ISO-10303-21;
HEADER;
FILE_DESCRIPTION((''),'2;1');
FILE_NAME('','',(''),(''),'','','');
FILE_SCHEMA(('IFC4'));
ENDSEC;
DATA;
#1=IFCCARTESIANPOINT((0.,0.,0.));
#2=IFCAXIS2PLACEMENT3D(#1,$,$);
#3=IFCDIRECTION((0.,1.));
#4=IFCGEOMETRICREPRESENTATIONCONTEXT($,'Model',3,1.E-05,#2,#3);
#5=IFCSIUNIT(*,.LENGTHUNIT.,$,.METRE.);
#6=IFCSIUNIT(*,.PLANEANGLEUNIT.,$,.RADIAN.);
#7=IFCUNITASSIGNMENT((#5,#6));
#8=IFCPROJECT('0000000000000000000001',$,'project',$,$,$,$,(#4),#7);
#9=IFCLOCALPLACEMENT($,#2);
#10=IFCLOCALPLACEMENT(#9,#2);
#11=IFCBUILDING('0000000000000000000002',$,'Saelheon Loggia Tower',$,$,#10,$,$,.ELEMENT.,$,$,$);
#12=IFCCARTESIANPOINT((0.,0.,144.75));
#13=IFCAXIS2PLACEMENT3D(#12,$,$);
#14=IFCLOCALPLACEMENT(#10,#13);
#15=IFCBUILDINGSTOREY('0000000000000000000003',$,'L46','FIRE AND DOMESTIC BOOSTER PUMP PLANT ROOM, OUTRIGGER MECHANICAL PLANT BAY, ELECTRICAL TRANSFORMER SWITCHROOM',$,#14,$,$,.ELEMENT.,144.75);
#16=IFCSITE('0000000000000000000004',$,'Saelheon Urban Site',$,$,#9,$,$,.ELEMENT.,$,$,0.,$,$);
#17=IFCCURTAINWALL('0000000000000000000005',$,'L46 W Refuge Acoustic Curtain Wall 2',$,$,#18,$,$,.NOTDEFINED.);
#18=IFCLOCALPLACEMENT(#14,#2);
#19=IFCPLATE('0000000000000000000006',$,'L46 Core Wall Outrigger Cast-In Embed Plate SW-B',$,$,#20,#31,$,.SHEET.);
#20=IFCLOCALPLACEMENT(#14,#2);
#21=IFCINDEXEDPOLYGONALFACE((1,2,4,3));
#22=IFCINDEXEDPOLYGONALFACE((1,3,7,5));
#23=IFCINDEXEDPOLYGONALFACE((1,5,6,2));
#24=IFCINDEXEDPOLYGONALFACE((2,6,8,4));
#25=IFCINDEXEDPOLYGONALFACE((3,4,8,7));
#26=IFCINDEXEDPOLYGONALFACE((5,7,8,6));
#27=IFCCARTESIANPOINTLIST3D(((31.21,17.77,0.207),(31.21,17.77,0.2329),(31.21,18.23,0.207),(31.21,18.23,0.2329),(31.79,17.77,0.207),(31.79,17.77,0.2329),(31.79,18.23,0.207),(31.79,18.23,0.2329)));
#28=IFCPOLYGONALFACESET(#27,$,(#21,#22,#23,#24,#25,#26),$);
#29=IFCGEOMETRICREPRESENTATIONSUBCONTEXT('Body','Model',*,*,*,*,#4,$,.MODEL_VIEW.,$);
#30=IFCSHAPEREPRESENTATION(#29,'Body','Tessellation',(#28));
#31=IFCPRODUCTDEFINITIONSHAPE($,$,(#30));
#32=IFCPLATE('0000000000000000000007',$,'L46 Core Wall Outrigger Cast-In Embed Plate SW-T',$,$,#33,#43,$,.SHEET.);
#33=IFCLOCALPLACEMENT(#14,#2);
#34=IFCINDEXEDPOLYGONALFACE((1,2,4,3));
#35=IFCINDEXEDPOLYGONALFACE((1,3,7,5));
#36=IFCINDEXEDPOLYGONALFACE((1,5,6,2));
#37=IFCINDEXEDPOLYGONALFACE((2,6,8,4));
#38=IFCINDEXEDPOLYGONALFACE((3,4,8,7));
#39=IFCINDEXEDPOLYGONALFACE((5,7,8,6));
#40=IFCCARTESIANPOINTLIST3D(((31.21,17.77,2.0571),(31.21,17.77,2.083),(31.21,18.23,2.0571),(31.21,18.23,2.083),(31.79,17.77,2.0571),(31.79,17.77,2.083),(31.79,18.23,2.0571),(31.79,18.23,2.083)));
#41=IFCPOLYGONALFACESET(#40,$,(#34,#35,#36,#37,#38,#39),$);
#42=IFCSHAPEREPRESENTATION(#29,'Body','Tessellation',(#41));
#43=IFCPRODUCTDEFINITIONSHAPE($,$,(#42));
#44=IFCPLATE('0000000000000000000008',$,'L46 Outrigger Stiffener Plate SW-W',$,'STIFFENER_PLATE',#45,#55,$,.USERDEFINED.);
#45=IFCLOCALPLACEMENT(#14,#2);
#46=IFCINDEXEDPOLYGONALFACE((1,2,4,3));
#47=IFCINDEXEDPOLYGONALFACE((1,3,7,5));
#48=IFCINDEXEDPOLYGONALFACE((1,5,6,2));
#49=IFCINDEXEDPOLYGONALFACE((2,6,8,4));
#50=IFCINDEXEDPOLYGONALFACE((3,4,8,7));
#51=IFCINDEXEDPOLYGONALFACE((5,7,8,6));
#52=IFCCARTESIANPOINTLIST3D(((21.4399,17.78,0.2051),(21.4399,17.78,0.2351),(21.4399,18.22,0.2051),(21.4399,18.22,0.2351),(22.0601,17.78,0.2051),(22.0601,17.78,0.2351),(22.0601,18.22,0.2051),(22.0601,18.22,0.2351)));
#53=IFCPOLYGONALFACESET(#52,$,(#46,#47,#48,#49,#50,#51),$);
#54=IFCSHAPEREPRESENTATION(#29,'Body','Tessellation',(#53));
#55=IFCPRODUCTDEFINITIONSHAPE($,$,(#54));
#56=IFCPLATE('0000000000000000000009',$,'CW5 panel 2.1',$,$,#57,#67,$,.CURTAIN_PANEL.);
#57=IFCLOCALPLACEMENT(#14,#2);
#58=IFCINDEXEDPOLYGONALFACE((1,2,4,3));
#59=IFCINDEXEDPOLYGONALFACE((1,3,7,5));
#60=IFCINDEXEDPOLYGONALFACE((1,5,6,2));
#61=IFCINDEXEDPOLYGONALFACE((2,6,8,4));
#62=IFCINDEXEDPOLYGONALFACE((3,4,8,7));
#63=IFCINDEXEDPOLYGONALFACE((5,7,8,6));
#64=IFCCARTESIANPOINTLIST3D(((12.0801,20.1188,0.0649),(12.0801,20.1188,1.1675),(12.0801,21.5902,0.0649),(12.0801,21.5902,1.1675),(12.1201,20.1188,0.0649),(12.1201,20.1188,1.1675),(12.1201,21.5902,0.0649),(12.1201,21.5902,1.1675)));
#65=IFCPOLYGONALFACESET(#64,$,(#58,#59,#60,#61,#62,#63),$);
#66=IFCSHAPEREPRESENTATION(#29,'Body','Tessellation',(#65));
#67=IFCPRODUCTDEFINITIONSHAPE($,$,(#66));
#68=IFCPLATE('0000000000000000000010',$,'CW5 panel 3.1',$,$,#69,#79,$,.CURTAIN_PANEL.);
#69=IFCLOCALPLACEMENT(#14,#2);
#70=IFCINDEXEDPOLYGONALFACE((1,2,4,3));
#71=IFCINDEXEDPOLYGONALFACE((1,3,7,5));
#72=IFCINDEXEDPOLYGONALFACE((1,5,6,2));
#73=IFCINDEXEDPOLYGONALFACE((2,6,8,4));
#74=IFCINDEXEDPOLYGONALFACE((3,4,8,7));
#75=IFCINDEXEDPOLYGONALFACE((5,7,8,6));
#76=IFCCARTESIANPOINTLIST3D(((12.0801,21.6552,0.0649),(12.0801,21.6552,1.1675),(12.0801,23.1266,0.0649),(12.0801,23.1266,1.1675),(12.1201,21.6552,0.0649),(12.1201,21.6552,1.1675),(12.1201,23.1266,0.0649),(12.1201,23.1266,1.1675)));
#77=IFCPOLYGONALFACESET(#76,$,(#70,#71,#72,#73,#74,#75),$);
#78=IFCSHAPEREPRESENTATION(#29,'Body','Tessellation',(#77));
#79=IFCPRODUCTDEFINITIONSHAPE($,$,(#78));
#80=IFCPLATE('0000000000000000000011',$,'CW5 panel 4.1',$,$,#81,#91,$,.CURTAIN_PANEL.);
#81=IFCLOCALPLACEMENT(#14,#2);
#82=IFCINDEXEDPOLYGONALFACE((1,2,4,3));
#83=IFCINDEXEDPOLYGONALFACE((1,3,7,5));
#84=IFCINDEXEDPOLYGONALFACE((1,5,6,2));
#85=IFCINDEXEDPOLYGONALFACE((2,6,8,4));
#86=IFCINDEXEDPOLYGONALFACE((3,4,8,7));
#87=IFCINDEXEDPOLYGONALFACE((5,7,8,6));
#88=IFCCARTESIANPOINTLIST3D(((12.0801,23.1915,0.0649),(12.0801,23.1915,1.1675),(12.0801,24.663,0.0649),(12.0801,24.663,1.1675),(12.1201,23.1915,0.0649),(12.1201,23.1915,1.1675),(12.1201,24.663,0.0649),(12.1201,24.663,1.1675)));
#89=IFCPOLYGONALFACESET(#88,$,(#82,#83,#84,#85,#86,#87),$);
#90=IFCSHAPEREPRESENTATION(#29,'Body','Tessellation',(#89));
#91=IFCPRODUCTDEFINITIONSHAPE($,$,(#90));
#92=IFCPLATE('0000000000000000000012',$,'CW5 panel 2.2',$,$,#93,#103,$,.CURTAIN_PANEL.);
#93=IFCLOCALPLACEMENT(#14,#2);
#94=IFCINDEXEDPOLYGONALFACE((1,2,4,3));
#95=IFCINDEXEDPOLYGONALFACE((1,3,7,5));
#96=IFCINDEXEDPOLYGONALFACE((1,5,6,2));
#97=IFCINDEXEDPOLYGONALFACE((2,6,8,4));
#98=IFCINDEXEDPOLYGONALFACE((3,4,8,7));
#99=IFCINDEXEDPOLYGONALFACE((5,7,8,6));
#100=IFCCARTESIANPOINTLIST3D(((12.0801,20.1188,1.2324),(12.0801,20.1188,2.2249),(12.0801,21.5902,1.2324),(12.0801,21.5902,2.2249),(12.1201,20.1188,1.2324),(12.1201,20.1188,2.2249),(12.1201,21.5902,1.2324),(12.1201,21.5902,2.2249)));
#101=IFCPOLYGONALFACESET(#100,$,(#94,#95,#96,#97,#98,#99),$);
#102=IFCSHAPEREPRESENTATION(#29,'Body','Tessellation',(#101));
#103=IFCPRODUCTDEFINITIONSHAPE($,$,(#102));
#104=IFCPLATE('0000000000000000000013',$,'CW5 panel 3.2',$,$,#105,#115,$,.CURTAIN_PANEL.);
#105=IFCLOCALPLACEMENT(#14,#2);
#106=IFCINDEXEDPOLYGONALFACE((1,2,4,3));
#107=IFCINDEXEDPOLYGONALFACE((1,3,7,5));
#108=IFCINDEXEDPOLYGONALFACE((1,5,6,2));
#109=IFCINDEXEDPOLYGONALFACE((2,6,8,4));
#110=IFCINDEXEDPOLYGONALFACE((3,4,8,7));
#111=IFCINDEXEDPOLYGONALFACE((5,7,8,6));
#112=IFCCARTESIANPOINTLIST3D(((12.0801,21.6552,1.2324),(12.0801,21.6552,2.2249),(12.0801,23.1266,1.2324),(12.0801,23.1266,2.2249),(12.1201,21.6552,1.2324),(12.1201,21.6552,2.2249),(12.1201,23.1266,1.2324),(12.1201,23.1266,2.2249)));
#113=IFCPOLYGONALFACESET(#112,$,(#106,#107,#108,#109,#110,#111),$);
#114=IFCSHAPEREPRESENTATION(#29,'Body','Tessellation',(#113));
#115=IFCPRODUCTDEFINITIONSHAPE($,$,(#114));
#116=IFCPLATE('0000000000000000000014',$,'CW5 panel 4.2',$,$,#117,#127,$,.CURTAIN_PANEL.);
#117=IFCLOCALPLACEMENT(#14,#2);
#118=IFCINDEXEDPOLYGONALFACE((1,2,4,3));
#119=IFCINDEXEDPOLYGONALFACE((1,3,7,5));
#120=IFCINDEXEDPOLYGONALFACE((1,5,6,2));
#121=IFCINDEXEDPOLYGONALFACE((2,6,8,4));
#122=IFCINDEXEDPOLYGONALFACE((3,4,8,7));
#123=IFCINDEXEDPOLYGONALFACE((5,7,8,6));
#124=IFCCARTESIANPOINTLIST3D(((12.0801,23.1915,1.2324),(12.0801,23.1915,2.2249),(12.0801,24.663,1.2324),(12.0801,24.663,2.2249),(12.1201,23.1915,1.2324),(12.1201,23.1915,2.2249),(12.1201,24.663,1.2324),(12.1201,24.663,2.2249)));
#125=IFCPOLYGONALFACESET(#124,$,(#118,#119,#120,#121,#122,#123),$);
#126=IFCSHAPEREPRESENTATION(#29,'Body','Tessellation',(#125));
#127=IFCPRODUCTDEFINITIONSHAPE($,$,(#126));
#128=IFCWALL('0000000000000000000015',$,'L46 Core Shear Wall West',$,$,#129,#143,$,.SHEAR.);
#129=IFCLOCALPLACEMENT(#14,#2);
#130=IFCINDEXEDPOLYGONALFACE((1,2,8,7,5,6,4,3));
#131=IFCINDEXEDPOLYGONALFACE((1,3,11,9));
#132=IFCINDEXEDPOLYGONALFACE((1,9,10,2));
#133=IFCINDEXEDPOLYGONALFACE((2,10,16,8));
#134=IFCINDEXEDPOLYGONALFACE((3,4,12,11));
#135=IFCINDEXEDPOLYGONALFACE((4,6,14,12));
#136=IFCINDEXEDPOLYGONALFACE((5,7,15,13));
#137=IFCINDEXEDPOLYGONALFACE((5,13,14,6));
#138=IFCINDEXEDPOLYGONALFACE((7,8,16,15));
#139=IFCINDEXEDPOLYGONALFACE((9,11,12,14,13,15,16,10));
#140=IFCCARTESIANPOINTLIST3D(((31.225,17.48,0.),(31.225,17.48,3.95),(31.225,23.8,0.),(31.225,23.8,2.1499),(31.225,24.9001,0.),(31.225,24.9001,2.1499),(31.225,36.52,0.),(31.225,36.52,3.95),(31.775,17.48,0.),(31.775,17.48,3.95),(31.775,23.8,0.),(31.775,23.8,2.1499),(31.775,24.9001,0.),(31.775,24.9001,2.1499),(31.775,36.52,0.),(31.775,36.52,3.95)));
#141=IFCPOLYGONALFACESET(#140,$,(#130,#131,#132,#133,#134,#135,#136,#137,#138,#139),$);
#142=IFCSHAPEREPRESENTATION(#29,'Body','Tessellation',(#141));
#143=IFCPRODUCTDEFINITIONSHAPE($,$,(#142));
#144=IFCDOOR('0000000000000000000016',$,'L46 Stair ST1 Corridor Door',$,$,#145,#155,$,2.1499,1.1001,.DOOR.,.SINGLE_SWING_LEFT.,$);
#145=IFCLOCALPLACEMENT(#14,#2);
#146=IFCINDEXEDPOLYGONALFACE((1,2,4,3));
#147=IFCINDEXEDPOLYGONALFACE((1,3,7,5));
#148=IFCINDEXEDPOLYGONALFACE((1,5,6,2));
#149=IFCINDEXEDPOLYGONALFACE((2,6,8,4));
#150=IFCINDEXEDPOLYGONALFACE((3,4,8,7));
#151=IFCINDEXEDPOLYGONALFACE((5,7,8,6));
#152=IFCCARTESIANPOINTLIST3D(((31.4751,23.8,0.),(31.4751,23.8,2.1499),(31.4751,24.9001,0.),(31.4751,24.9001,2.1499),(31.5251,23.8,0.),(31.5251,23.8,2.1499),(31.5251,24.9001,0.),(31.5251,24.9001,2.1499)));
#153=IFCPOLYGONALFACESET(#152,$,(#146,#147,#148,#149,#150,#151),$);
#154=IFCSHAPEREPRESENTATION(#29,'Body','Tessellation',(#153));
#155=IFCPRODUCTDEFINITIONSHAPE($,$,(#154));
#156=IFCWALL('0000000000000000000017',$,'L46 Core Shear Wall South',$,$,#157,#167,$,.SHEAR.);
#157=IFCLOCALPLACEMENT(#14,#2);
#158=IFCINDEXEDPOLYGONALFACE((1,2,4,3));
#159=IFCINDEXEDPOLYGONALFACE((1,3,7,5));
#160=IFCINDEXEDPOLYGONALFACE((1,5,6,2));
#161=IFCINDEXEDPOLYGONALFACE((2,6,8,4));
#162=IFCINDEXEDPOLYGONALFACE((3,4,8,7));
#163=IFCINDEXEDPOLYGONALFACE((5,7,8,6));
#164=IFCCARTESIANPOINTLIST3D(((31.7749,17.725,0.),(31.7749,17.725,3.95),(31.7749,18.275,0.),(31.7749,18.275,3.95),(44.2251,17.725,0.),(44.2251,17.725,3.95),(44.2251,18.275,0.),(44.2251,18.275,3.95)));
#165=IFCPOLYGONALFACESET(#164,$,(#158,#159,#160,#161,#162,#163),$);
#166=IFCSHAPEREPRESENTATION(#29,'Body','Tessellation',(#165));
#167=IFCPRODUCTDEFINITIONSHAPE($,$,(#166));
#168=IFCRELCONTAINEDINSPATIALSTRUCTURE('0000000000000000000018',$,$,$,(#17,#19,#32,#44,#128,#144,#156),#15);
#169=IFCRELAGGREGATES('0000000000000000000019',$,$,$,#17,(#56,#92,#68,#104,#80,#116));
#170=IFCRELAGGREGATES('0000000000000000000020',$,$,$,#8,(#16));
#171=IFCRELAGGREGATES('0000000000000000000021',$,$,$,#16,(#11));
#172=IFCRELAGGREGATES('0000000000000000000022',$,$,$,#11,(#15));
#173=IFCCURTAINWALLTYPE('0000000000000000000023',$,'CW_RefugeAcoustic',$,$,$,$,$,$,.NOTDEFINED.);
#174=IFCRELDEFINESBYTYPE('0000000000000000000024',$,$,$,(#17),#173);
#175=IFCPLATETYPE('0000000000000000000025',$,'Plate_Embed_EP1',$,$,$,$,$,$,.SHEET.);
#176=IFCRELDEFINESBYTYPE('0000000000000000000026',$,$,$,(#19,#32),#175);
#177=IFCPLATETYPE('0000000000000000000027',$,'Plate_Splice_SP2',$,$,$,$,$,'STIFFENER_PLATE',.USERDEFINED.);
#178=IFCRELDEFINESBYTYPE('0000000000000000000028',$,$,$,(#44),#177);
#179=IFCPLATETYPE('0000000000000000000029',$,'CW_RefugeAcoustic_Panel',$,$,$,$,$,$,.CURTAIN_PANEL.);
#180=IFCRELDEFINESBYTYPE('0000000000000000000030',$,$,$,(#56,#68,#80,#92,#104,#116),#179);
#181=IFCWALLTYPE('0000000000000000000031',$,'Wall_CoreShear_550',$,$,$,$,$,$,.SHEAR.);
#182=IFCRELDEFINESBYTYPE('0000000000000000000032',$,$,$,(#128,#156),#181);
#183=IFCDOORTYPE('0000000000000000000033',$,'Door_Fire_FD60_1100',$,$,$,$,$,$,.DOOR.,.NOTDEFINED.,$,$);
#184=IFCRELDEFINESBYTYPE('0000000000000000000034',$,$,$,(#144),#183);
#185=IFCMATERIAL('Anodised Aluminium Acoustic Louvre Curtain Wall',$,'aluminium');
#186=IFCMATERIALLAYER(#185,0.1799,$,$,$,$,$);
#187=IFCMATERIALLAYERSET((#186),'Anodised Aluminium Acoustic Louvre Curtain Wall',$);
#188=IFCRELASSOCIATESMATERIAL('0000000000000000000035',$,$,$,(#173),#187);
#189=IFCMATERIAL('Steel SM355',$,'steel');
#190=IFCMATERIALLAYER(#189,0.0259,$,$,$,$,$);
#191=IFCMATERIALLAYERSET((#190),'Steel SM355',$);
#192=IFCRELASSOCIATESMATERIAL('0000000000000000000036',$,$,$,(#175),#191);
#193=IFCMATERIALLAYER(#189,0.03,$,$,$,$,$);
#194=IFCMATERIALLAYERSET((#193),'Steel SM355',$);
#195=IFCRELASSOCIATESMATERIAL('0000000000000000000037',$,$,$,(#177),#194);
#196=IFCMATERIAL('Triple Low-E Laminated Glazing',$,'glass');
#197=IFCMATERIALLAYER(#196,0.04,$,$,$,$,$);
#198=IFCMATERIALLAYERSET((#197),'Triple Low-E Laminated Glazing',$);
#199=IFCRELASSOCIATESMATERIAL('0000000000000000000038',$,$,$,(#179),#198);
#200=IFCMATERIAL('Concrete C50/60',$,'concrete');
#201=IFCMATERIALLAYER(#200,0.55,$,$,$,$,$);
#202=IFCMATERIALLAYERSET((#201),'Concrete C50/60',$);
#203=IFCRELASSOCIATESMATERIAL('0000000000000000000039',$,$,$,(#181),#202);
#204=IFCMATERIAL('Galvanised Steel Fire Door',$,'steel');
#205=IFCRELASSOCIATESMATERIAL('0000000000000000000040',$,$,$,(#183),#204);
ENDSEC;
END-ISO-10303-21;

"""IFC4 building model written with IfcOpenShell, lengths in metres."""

from ifc_helpers import new_model, si_unit, direction, frame, frame_2d, origin, origin_2d, place, context, subcontext, project, spatial, rectangle, extrude, source, transform, mapped, material, layer, layer_set, type_object, element, fill, aggregate, save


model = new_model("IFC4")

# Units and contexts
model_context = context("Model", 3, precision=1e-05, world=origin(), true_north=direction((0.0, 1.0)))
body_context = subcontext(model_context, "Body", "Model", "MODEL_VIEW")
ifc_project = project(units=[si_unit("LENGTHUNIT", "METRE"), si_unit("PLANEANGLEUNIT", "RADIAN")], contexts=[model_context])

# Site, building, storey
site_placement = place(None, origin())
site = spatial("IfcSite", under=ifc_project, at=site_placement, Name="Saelheon Urban Site", CompositionType="ELEMENT", RefElevation=0.0)
building_placement = place(site_placement, origin())
building = spatial("IfcBuilding", under=site, at=building_placement, Name="Saelheon Loggia Tower", CompositionType="ELEMENT")
storey_placement = place(building_placement, frame((0.0, 0.0, 144.75)))
storey = spatial("IfcBuildingStorey", under=building, at=storey_placement, Name="L46", Description="FIRE AND DOMESTIC BOOSTER PUMP PLANT ROOM, OUTRIGGER MECHANICAL PLANT BAY, ELECTRICAL TRANSFORMER SWITCHROOM", CompositionType="ELEMENT", Elevation=144.75)

# Shared definitions
ifc_material_1 = material(Name="Steel SM355", Category="steel")

# Curtain wall
ifc_material_2 = material(Name="Anodised Aluminium Acoustic Louvre Curtain Wall", Category="aluminium")
ifc_layer_1 = layer(ifc_material_2, 0.1799)
ifc_layer_set_1 = layer_set([ifc_layer_1], Name="Anodised Aluminium Acoustic Louvre Curtain Wall")
curtain_wall_type = type_object("IfcCurtainWallType", Name="CW_RefugeAcoustic", PredefinedType="NOTDEFINED", material=ifc_layer_set_1)
curtain_wall_placement = place(storey_placement, origin())
curtain_wall = element("IfcCurtainWall", 1, at=curtain_wall_placement, inside=storey, type_object=curtain_wall_type, Name="L46 W Refuge Acoustic Curtain Wall 2", PredefinedType="NOTDEFINED")

# Plates
ifc_layer_2 = layer(ifc_material_1, 0.0259)
ifc_layer_set_2 = layer_set([ifc_layer_2], Name="Steel SM355")
plate_type_1 = type_object("IfcPlateType", Name="Plate_Embed_EP1", PredefinedType="SHEET", material=ifc_layer_set_2)
shared_shape_1 = source(origin(), body_context, "Body", "SweptSolid", [
    extrude(rectangle(XDim=0.5801, YDim=0.46, at=origin_2d()), origin(), (0.0, 0.0, 1.0), 0.0259),
])
for number, where, z_axis, x_axis, name in (
    (2, (31.5, 18.0, 0.207), (0.0, 0.0, 1.0), (1.0, 0.0, 0.0), "L46 Core Wall Outrigger Cast-In Embed Plate SW-B"),
    (3, (31.5, 18.0, 2.0571), (0.0, 0.0, 1.0), (1.0, 0.0, 0.0), "L46 Core Wall Outrigger Cast-In Embed Plate SW-T"),
):
    element("IfcPlate", number, at=place(storey_placement, frame(where, z_axis=z_axis, x_axis=x_axis)), inside=storey, type_object=plate_type_1, Name=name, PredefinedType="SHEET", context=body_context, shape_type="MappedRepresentation", body=[
        mapped(shared_shape_1, transform((0.0, 0.0, 0.0), scale=1.0)),
    ])
ifc_layer_3 = layer(ifc_material_1, 0.03)
ifc_layer_set_3 = layer_set([ifc_layer_3], Name="Steel SM355")
plate_type_2 = type_object("IfcPlateType", Name="Plate_Splice_SP2", ElementType="STIFFENER_PLATE", PredefinedType="USERDEFINED", material=ifc_layer_set_3)
shared_shape_2 = source(origin(), body_context, "Body", "SweptSolid", [
    extrude(rectangle(XDim=0.6201, YDim=0.4399, at=origin_2d()), origin(), (0.0, 0.0, 1.0), 0.03),
])
plate_1_placement = place(storey_placement, frame((21.75, 18.0, 0.2051), z_axis=(0.0, 0.0, 1.0), x_axis=(1.0, 0.0, 0.0)))
element("IfcPlate", 4, at=plate_1_placement, inside=storey, type_object=plate_type_2, Name="L46 Outrigger Stiffener Plate SW-W", ObjectType="STIFFENER_PLATE", PredefinedType="USERDEFINED", context=body_context, shape_type="MappedRepresentation", body=[
    mapped(shared_shape_2, transform((0.0, 0.0, 0.0), scale=1.0)),
])

# Plates
ifc_material_3 = material(Name="Triple Low-E Laminated Glazing", Category="glass")
ifc_layer_4 = layer(ifc_material_3, 0.04)
ifc_layer_set_4 = layer_set([ifc_layer_4], Name="Triple Low-E Laminated Glazing")
plate_type_3 = type_object("IfcPlateType", Name="CW_RefugeAcoustic_Panel", PredefinedType="CURTAIN_PANEL", material=ifc_layer_set_4)
shared_shape_3 = source(origin(), body_context, "Body", "SweptSolid", [
    extrude(rectangle(XDim=1.4714, YDim=0.04, at=origin_2d()), origin(), (0.0, 0.0, 1.0), 1.1025),
])
plate_2_placement = place(storey_placement, frame((12.1001, 20.8545, 0.0649), z_axis=(0.0, 0.0, 1.0), x_axis=(0.0, 1.0, 0.0)))
plate_2 = element("IfcPlate", 5, at=plate_2_placement, type_object=plate_type_3, Name="CW5 panel 2.1", PredefinedType="CURTAIN_PANEL", context=body_context, shape_type="MappedRepresentation", body=[
    mapped(shared_shape_3, transform((0.0, 0.0, 0.0), scale=1.0)),
])
plate_3_placement = place(storey_placement, frame((12.1001, 22.3909, 0.0649), z_axis=(0.0, 0.0, 1.0), x_axis=(0.0, 1.0, 0.0)))
plate_3 = element("IfcPlate", 6, at=plate_3_placement, type_object=plate_type_3, Name="CW5 panel 3.1", PredefinedType="CURTAIN_PANEL", context=body_context, shape_type="MappedRepresentation", body=[
    mapped(shared_shape_3, transform((0.0, 0.0, 0.0), scale=1.0)),
])
plate_4_placement = place(storey_placement, frame((12.1001, 23.9272, 0.0649), z_axis=(0.0, 0.0, 1.0), x_axis=(0.0, 1.0, 0.0)))
plate_4 = element("IfcPlate", 7, at=plate_4_placement, type_object=plate_type_3, Name="CW5 panel 4.1", PredefinedType="CURTAIN_PANEL", context=body_context, shape_type="MappedRepresentation", body=[
    mapped(shared_shape_3, transform((0.0, 0.0, 0.0), scale=1.0)),
])
shared_shape_4 = source(origin(), body_context, "Body", "SweptSolid", [
    extrude(rectangle(XDim=1.4714, YDim=0.04, at=origin_2d()), origin(), (0.0, 0.0, 1.0), 0.9924),
])
plate_5_placement = place(storey_placement, frame((12.1001, 20.8545, 1.2324), z_axis=(0.0, 0.0, 1.0), x_axis=(0.0, 1.0, 0.0)))
plate_5 = element("IfcPlate", 8, at=plate_5_placement, type_object=plate_type_3, Name="CW5 panel 2.2", PredefinedType="CURTAIN_PANEL", context=body_context, shape_type="MappedRepresentation", body=[
    mapped(shared_shape_4, transform((0.0, 0.0, 0.0), scale=1.0)),
])
plate_6_placement = place(storey_placement, frame((12.1001, 22.3909, 1.2324), z_axis=(0.0, 0.0, 1.0), x_axis=(0.0, 1.0, 0.0)))
plate_6 = element("IfcPlate", 9, at=plate_6_placement, type_object=plate_type_3, Name="CW5 panel 3.2", PredefinedType="CURTAIN_PANEL", context=body_context, shape_type="MappedRepresentation", body=[
    mapped(shared_shape_4, transform((0.0, 0.0, 0.0), scale=1.0)),
])
plate_7_placement = place(storey_placement, frame((12.1001, 23.9272, 1.2324), z_axis=(0.0, 0.0, 1.0), x_axis=(0.0, 1.0, 0.0)))
plate_7 = element("IfcPlate", 10, at=plate_7_placement, type_object=plate_type_3, Name="CW5 panel 4.2", PredefinedType="CURTAIN_PANEL", context=body_context, shape_type="MappedRepresentation", body=[
    mapped(shared_shape_4, transform((0.0, 0.0, 0.0), scale=1.0)),
])
aggregate(curtain_wall, [plate_2, plate_5, plate_3, plate_6, plate_4, plate_7])

# Wall, opening, door
ifc_material_4 = material(Name="Concrete C50/60", Category="concrete")
ifc_layer_5 = layer(ifc_material_4, 0.55)
ifc_layer_set_5 = layer_set([ifc_layer_5], Name="Concrete C50/60")
wall_type = type_object("IfcWallType", Name="Wall_CoreShear_550", PredefinedType="SHEAR", material=ifc_layer_set_5)
wall_1_placement = place(storey_placement, frame((31.5, 17.48, 0.0), z_axis=(0.0, 0.0, 1.0), x_axis=(0.0, 1.0, 0.0)))
wall_1 = element("IfcWall", 11, at=wall_1_placement, inside=storey, type_object=wall_type, Name="L46 Core Shear Wall West", PredefinedType="SHEAR", context=body_context, shape_type="SweptSolid", body=[
    extrude(rectangle(XDim=19.04, YDim=0.55, at=frame_2d((9.52, 0.0))), origin(), (0.0, 0.0, 1.0), 3.95),
])
opening_placement = place(wall_1_placement, frame((6.3201, 0.0, 0.0)))
opening = element("IfcOpeningElement", 12, at=opening_placement, cuts=wall_1, PredefinedType="OPENING", context=body_context, shape_type="SweptSolid", body=[
    extrude(rectangle(XDim=1.1001, YDim=2.1499, at=frame_2d((0.55, 1.075))), frame((0.0, 0.2871, 0.0), z_axis=(0.0, -1.0, 0.0), x_axis=(1.0, 0.0, 0.0)), (0.0, 0.0, 1.0), 0.574),
])
ifc_material_5 = material(Name="Galvanised Steel Fire Door", Category="steel")
door_type = type_object("IfcDoorType", Name="Door_Fire_FD60_1100", OperationType="NOTDEFINED", PredefinedType="DOOR", material=ifc_material_5)
shared_shape_5 = source(origin(), body_context, "Body", "SweptSolid", [
    extrude(rectangle(XDim=1.1001, YDim=2.1499, at=frame_2d((0.55, 1.075))), frame((0.0, 0.0249, 0.0), z_axis=(0.0, -1.0, 0.0), x_axis=(1.0, 0.0, 0.0)), (0.0, 0.0, 1.0), 0.05),
])
door_placement = place(opening_placement, origin())
door = element("IfcDoor", 13, at=door_placement, inside=storey, type_object=door_type, Name="L46 Stair ST1 Corridor Door", OperationType="SINGLE_SWING_LEFT", OverallHeight=2.1499, OverallWidth=1.1001, PredefinedType="DOOR", context=body_context, shape_type="MappedRepresentation", body=[
    mapped(shared_shape_5, transform((0.0, 0.0, 0.0), scale=1.0)),
])
fill(opening, door)

# Wall
wall_2_placement = place(storey_placement, frame((31.7749, 18.0, 0.0), z_axis=(0.0, 0.0, 1.0), x_axis=(1.0, 0.0, 0.0)))
element("IfcWall", 14, at=wall_2_placement, inside=storey, type_object=wall_type, Name="L46 Core Shear Wall South", PredefinedType="SHEAR", context=body_context, shape_type="SweptSolid", body=[
    extrude(rectangle(XDim=12.4502, YDim=0.55, at=frame_2d((6.2251, 0.0))), origin(), (0.0, 0.0, 1.0), 3.95),
])

save(model, "model.ifc")
